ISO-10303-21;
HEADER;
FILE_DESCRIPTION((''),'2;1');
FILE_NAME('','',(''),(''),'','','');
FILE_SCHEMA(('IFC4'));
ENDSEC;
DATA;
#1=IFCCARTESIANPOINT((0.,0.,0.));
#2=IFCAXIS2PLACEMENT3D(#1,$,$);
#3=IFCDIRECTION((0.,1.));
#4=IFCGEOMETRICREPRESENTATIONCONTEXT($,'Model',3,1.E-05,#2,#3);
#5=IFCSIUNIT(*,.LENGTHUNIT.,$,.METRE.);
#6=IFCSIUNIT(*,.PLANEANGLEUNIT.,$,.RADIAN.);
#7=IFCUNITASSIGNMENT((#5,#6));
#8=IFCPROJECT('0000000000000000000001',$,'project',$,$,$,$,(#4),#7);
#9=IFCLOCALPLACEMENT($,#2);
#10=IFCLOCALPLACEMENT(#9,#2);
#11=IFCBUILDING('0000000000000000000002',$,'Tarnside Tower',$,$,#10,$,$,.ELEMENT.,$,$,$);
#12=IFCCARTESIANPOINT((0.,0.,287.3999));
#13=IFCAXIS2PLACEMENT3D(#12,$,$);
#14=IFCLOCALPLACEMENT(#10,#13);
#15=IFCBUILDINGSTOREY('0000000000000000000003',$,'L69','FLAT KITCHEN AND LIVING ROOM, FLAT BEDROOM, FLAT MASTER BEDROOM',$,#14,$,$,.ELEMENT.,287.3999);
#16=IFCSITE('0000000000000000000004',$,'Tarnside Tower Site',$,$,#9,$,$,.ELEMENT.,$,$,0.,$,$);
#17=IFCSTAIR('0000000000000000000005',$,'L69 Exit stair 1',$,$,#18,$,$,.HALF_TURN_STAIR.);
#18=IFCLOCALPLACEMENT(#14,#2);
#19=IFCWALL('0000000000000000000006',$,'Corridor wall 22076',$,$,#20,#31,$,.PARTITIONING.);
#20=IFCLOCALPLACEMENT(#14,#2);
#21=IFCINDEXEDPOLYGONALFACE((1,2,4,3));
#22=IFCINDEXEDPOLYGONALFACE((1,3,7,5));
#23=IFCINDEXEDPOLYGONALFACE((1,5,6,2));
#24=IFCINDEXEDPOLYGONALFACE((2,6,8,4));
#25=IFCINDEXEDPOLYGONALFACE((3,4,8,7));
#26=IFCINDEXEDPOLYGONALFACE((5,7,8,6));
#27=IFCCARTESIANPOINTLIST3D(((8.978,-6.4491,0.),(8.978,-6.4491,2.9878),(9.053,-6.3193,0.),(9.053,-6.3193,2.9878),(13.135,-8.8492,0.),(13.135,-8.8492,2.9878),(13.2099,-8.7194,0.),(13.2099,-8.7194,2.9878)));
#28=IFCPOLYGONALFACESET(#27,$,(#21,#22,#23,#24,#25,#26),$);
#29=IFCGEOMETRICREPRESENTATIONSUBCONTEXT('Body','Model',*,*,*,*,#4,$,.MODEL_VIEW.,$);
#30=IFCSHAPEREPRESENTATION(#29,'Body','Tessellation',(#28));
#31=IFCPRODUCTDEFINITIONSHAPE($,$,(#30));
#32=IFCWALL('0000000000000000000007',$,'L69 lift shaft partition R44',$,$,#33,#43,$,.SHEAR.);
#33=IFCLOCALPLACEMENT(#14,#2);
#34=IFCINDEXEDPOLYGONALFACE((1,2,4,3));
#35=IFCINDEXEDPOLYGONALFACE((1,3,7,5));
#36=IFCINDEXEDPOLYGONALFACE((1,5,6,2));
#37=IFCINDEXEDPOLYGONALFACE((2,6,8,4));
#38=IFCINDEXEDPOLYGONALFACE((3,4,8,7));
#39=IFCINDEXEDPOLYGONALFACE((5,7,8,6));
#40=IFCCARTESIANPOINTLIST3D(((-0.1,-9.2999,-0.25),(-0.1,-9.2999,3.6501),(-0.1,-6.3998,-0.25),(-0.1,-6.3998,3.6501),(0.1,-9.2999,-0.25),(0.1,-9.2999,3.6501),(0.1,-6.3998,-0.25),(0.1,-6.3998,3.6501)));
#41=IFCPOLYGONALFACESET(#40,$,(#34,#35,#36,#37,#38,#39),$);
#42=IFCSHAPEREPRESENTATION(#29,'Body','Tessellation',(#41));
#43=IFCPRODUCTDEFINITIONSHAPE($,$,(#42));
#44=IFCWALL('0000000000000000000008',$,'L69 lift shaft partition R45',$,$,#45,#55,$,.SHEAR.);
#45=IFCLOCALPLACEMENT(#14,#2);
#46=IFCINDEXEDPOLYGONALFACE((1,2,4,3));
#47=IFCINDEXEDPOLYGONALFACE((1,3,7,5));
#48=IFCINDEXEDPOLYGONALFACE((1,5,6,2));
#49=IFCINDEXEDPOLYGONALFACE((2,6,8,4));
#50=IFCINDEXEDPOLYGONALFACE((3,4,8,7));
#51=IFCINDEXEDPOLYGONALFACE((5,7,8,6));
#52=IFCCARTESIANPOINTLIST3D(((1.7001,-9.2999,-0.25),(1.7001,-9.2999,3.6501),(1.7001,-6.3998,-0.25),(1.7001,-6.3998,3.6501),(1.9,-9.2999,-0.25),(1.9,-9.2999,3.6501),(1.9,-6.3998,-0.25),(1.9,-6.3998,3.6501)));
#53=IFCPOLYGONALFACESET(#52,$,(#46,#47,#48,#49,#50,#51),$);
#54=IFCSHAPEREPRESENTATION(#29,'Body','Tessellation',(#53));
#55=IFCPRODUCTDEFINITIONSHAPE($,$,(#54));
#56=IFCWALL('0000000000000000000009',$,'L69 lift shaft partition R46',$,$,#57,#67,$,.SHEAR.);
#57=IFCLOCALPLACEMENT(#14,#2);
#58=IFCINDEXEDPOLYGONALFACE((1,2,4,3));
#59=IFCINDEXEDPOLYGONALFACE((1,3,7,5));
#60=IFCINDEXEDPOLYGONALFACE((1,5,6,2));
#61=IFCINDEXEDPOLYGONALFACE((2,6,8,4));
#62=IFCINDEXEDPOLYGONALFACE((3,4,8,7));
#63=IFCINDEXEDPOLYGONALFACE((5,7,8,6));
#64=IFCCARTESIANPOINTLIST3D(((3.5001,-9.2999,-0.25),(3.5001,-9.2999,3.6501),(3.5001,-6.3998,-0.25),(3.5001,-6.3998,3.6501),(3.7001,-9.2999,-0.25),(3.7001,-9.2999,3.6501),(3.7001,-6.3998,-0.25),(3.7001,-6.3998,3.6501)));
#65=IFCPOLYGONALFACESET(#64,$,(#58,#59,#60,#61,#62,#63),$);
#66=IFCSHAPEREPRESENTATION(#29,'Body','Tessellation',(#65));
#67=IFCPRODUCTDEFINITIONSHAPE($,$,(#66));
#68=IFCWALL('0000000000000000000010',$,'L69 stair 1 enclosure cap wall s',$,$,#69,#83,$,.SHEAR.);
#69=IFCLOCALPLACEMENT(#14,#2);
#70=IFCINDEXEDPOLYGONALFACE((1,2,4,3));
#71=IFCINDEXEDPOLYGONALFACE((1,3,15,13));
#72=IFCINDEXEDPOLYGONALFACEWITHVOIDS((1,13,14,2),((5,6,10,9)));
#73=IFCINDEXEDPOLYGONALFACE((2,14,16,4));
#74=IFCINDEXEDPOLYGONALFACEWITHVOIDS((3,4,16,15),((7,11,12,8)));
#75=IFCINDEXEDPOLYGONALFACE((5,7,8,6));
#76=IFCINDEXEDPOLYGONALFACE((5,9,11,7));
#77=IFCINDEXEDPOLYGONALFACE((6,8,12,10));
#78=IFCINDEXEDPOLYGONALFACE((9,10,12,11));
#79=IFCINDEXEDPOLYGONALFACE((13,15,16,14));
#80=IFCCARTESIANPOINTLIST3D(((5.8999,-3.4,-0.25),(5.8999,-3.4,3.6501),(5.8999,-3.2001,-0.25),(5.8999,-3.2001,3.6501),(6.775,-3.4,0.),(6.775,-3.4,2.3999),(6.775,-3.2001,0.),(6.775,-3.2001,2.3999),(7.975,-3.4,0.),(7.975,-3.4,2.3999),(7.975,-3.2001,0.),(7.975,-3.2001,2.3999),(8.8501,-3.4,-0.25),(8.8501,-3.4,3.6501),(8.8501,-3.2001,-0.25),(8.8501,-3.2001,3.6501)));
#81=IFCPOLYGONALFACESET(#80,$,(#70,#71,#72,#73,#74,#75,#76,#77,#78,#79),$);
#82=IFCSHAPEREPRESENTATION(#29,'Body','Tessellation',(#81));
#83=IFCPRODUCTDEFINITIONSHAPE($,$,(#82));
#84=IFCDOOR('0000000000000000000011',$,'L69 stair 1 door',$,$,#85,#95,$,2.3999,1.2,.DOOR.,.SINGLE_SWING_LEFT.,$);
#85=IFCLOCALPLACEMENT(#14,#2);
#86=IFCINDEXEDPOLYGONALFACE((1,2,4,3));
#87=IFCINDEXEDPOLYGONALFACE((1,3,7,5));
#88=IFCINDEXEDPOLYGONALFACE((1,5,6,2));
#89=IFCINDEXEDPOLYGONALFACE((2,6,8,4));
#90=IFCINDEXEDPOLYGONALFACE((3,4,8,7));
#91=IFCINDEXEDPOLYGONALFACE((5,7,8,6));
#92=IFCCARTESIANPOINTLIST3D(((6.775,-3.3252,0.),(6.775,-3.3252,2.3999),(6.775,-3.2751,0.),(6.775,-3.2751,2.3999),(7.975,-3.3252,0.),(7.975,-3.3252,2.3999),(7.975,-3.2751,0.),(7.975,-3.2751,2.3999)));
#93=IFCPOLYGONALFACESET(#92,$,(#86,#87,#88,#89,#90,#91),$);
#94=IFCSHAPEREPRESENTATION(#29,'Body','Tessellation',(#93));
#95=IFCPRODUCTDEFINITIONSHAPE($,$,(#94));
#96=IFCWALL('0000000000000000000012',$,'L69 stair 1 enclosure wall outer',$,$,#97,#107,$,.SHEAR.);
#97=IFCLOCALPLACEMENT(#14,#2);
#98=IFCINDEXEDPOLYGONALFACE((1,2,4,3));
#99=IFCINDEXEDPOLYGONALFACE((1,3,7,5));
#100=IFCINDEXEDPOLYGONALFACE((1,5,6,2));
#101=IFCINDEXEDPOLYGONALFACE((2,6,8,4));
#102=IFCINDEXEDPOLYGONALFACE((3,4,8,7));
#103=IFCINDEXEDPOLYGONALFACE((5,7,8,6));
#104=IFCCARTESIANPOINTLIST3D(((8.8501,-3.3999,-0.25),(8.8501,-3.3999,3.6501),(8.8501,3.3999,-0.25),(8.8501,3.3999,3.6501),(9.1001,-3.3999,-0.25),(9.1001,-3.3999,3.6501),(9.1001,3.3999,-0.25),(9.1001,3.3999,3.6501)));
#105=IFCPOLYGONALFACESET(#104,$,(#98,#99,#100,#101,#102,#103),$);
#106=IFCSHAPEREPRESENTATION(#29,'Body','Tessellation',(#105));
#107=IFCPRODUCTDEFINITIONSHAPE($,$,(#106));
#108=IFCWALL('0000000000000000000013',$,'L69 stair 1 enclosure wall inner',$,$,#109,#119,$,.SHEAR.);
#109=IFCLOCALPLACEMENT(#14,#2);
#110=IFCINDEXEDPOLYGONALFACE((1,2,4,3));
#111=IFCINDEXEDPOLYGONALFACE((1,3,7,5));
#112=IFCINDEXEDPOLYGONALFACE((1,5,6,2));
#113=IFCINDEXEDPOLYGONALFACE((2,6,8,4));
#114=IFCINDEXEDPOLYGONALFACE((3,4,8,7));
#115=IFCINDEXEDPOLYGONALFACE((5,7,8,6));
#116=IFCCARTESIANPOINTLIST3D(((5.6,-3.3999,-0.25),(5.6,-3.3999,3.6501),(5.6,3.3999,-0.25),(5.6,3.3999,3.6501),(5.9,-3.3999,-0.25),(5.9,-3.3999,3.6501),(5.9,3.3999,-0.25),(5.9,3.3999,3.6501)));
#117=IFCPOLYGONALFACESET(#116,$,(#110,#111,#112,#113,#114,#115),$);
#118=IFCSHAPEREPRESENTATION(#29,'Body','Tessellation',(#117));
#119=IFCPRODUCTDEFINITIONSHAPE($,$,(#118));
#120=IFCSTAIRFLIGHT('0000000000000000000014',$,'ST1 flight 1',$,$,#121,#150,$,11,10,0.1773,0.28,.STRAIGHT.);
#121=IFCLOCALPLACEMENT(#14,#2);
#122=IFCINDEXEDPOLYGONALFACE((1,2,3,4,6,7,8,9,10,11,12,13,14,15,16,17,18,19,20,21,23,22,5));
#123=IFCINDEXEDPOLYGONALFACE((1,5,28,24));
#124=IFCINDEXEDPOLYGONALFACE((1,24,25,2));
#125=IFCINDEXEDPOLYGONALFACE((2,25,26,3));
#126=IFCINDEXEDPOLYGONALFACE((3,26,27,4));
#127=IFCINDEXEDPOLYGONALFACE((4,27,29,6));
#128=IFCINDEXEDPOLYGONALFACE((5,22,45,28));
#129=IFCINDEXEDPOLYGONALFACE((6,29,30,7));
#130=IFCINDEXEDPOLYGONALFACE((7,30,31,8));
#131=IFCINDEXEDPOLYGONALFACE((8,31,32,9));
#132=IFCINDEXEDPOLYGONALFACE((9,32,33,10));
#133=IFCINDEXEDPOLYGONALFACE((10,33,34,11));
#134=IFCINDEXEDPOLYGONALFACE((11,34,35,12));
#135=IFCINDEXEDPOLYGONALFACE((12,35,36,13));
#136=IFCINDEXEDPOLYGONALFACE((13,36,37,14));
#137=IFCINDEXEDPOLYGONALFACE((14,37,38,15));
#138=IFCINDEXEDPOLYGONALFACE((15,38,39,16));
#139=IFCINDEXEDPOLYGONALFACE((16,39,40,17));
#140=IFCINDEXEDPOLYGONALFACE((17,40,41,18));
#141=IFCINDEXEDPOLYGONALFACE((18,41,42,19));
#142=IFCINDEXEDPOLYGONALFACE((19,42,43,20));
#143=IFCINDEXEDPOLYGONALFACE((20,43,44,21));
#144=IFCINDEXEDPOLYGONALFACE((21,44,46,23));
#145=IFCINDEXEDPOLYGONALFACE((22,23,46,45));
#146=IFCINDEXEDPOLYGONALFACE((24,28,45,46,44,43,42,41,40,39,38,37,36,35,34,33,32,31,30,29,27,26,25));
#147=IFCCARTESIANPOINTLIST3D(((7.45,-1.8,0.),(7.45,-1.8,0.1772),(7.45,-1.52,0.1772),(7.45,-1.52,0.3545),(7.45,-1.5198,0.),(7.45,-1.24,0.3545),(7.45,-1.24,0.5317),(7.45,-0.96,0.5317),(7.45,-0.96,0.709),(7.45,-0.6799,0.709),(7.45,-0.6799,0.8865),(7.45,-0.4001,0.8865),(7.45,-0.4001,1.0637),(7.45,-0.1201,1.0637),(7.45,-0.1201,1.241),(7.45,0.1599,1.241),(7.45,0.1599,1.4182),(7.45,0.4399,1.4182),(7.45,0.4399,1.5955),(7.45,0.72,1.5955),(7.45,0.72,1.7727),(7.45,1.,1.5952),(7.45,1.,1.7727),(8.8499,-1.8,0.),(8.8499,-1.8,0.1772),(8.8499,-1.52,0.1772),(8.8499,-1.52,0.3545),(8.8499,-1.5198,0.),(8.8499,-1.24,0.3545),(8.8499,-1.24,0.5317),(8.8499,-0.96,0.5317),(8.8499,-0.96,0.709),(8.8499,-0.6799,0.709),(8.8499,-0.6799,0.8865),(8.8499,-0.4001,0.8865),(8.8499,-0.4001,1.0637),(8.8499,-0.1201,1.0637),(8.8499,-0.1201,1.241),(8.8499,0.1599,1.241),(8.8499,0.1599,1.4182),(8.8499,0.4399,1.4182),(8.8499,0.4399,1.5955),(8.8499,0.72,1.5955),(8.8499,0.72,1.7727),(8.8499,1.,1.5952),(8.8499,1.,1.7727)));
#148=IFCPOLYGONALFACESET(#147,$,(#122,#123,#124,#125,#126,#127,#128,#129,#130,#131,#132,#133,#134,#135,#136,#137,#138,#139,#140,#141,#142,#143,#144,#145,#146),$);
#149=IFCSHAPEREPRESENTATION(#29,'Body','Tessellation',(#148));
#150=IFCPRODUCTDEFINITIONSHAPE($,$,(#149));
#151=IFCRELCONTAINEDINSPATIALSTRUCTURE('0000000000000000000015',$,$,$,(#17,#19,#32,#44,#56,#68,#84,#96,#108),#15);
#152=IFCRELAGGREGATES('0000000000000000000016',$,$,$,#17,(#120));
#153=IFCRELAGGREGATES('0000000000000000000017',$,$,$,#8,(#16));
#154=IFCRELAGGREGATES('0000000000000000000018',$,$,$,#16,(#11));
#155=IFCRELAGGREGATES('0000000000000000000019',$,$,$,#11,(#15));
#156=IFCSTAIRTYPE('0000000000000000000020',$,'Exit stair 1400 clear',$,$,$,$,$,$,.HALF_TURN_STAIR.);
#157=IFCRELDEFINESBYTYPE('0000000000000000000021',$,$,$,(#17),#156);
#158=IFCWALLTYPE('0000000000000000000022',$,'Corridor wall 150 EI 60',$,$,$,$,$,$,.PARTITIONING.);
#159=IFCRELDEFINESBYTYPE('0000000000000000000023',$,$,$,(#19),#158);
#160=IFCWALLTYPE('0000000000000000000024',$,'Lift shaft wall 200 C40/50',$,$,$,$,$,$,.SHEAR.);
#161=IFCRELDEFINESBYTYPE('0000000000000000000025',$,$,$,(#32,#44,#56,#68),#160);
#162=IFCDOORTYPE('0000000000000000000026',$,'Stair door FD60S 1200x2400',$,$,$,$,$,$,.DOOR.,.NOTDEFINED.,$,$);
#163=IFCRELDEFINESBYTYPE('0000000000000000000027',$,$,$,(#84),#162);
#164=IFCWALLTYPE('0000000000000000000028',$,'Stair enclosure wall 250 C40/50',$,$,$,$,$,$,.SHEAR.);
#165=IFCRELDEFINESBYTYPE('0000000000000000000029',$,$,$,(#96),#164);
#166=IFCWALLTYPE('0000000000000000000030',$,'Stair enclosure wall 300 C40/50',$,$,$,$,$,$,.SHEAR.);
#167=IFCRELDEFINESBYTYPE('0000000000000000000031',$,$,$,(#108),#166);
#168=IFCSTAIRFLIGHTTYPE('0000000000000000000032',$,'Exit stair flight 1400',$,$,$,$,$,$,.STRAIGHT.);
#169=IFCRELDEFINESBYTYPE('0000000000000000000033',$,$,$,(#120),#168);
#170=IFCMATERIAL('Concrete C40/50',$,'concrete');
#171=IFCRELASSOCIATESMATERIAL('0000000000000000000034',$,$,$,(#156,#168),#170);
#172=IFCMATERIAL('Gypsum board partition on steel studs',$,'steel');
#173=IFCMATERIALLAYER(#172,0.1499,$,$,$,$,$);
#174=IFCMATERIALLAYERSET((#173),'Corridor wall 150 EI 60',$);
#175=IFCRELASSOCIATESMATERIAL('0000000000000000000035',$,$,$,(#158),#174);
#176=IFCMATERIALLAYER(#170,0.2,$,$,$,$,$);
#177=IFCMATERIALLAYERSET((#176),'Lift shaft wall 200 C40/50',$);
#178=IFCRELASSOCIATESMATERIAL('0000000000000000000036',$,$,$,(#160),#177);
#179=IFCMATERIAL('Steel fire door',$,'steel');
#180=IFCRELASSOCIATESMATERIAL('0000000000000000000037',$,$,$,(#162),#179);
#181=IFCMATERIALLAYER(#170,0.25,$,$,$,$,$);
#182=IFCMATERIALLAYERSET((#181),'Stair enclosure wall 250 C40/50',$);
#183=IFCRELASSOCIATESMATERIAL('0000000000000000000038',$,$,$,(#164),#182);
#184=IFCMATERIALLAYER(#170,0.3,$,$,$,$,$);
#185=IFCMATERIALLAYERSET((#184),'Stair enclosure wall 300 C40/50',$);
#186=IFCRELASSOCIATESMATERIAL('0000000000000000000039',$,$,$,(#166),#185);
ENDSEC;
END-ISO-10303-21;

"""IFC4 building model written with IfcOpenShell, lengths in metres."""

from ifc_helpers import new_model, si_unit, direction, frame, frame_2d, origin, place, context, subcontext, project, spatial, polyline, rectangle, outline, extrude, material, layer, layer_set, type_object, element, fill, aggregate, save


model = new_model("IFC4")

# Units and contexts
model_context = context("Model", 3, precision=1e-05, world=origin(), true_north=direction((0.0, 1.0)))
body_context = subcontext(model_context, "Body", "Model", "MODEL_VIEW")
ifc_project = project(units=[si_unit("LENGTHUNIT", "METRE"), si_unit("PLANEANGLEUNIT", "RADIAN")], contexts=[model_context])

# Site, building, storey
site_placement = place(None, origin())
site = spatial("IfcSite", under=ifc_project, at=site_placement, Name="Tarnside Tower Site", CompositionType="ELEMENT", RefElevation=0.0)
building_placement = place(site_placement, origin())
building = spatial("IfcBuilding", under=site, at=building_placement, Name="Tarnside Tower", CompositionType="ELEMENT")
storey_placement = place(building_placement, frame((0.0, 0.0, 287.3999)))
storey = spatial("IfcBuildingStorey", under=building, at=storey_placement, Name="L69", Description="FLAT KITCHEN AND LIVING ROOM, FLAT BEDROOM, FLAT MASTER BEDROOM", CompositionType="ELEMENT", Elevation=287.3999)

# Shared definitions
ifc_material_1 = material(Name="Concrete C40/50", Category="concrete")

# Stair
stair_type = type_object("IfcStairType", Name="Exit stair 1400 clear", PredefinedType="HALF_TURN_STAIR", material=ifc_material_1)
stair_1_placement = place(storey_placement, origin())
stair_1 = element("IfcStair", 1, at=stair_1_placement, inside=storey, type_object=stair_type, Name="L69 Exit stair 1", PredefinedType="HALF_TURN_STAIR")

# Shared definitions
ifc_material_2 = material(Name="Steel fire door", Category="steel")

# Walls
ifc_material_3 = material(Name="Gypsum board partition on steel studs", Category="steel")
ifc_layer_1 = layer(ifc_material_3, 0.1499)
ifc_layer_set_1 = layer_set([ifc_layer_1], Name="Corridor wall 150 EI 60")
wall_type_1 = type_object("IfcWallType", Name="Corridor wall 150 EI 60", PredefinedType="PARTITIONING", material=ifc_layer_set_1)
wall_1_placement = place(storey_placement, frame((9.0156, -6.3843, 0.0), z_axis=(0.0, 0.0, 1.0), x_axis=(0.866015, -0.500017, 0.0)))
element("IfcWall", 2, at=wall_1_placement, inside=storey, type_object=wall_type_1, Name="Corridor wall 22076", PredefinedType="PARTITIONING", context=body_context, shape_type="SweptSolid", body=[
    extrude(rectangle(XDim=4.8, YDim=0.1499, at=frame_2d((2.3999, 0.0))), origin(), (0.0, 0.0, 1.0), 2.9878),
])
ifc_layer_2 = layer(ifc_material_1, 0.2)
ifc_layer_set_2 = layer_set([ifc_layer_2], Name="Lift shaft wall 200 C40/50")
wall_type_2 = type_object("IfcWallType", Name="Lift shaft wall 200 C40/50", PredefinedType="SHEAR", material=ifc_layer_set_2)
for number, where, z_axis, x_axis, name in (
    (3, (0.0, -9.3, -0.25), (0.0, 0.0, 1.0), (0.0, 1.0, 0.0), "L69 lift shaft partition R44"),
    (4, (1.8, -9.3, -0.25), (0.0, 0.0, 1.0), (0.0, 1.0, 0.0), "L69 lift shaft partition R45"),
    (5, (3.6001, -9.3, -0.25), (0.0, 0.0, 1.0), (0.0, 1.0, 0.0), "L69 lift shaft partition R46"),
):
    element("IfcWall", number, at=place(storey_placement, frame(where, z_axis=z_axis, x_axis=x_axis)), inside=storey, type_object=wall_type_2, Name=name, PredefinedType="SHEAR", context=body_context, shape_type="SweptSolid", body=[
        extrude(rectangle(XDim=2.9001, YDim=0.2, at=frame_2d((1.4502, 0.0))), origin(), (0.0, 0.0, 1.0), 3.9001),
    ])

# Wall, opening, door
wall_2_placement = place(storey_placement, frame((5.8999, -3.3, -0.25), z_axis=(0.0, 0.0, 1.0), x_axis=(1.0, 0.0, 0.0)))
wall_2 = element("IfcWall", 6, at=wall_2_placement, inside=storey, type_object=wall_type_2, Name="L69 stair 1 enclosure cap wall s", PredefinedType="SHEAR", context=body_context, shape_type="SweptSolid", body=[
    extrude(rectangle(XDim=2.9502, YDim=0.2, at=frame_2d((1.4751, 0.0))), origin(), (0.0, 0.0, 1.0), 3.9001),
])
opening_1_placement = place(wall_2_placement, frame((0.875, 0.0, 0.25)))
opening_1 = element("IfcOpeningElement", 7, at=opening_1_placement, cuts=wall_2, PredefinedType="OPENING", context=body_context, shape_type="SweptSolid", body=[
    extrude(rectangle(XDim=1.2, YDim=2.3999, at=frame_2d((0.6001, 1.2))), frame((0.0, 0.1099, 0.0), z_axis=(0.0, -1.0, 0.0), x_axis=(1.0, 0.0, 0.0)), (0.0, 0.0, 1.0), 0.22),
])
door_type_1 = type_object("IfcDoorType", Name="Stair door FD60S 1200x2400", OperationType="NOTDEFINED", PredefinedType="DOOR", material=ifc_material_2)
door_1_placement = place(opening_1_placement, origin())
door_1 = element("IfcDoor", 8, at=door_1_placement, inside=storey, type_object=door_type_1, Name="L69 stair 1 door", OperationType="SINGLE_SWING_LEFT", OverallHeight=2.3999, OverallWidth=1.2, PredefinedType="DOOR", context=body_context, shape_type="SweptSolid", body=[
    extrude(rectangle(XDim=1.2, YDim=2.3999, at=frame_2d((0.6001, 1.2))), frame((0.0, 0.0249, 0.0), z_axis=(0.0, -1.0, 0.0), x_axis=(1.0, 0.0, 0.0)), (0.0, 0.0, 1.0), 0.05),
])
fill(opening_1, door_1)

# Walls
ifc_layer_3 = layer(ifc_material_1, 0.25)
ifc_layer_set_3 = layer_set([ifc_layer_3], Name="Stair enclosure wall 250 C40/50")
wall_type_3 = type_object("IfcWallType", Name="Stair enclosure wall 250 C40/50", PredefinedType="SHEAR", material=ifc_layer_set_3)
wall_3_placement = place(storey_placement, frame((8.9751, -3.3999, -0.25), z_axis=(0.0, 0.0, 1.0), x_axis=(0.0, 1.0, 0.0)))
element("IfcWall", 9, at=wall_3_placement, inside=storey, type_object=wall_type_3, Name="L69 stair 1 enclosure wall outer", PredefinedType="SHEAR", context=body_context, shape_type="SweptSolid", body=[
    extrude(rectangle(XDim=6.7998, YDim=0.25, at=frame_2d((3.3999, 0.0))), origin(), (0.0, 0.0, 1.0), 3.9001),
])
ifc_layer_4 = layer(ifc_material_1, 0.3)
ifc_layer_set_4 = layer_set([ifc_layer_4], Name="Stair enclosure wall 300 C40/50")
wall_type_4 = type_object("IfcWallType", Name="Stair enclosure wall 300 C40/50", PredefinedType="SHEAR", material=ifc_layer_set_4)
wall_4_placement = place(storey_placement, frame((5.75, -3.3999, -0.25), z_axis=(0.0, 0.0, 1.0), x_axis=(0.0, 1.0, 0.0)))
element("IfcWall", 10, at=wall_4_placement, inside=storey, type_object=wall_type_4, Name="L69 stair 1 enclosure wall inner", PredefinedType="SHEAR", context=body_context, shape_type="SweptSolid", body=[
    extrude(rectangle(XDim=6.7998, YDim=0.3, at=frame_2d((3.3999, 0.0))), origin(), (0.0, 0.0, 1.0), 3.9001),
])

# Stair flight
stair_flight_type = type_object("IfcStairFlightType", Name="Exit stair flight 1400", PredefinedType="STRAIGHT", material=ifc_material_1)
stair_flight_placement = place(storey_placement, frame((8.1499, -1.8, 0.0), z_axis=(0.0, 0.0, 1.0), x_axis=(0.0, 1.0, 0.0)))
stair_flight = element("IfcStairFlight", 11, at=stair_flight_placement, type_object=stair_flight_type, Name="ST1 flight 1", NumberOfRisers=11, NumberOfTreads=10, PredefinedType="STRAIGHT", RiserHeight=0.1773, TreadLength=0.28, context=body_context, shape_type="SweptSolid", body=[
    extrude(outline(polyline([(0.0, 0.0), (0.0, 0.1772), (0.28, 0.1772), (0.28, 0.3545), (0.5601, 0.3545), (0.5601, 0.5317), (0.8401, 0.5317), (0.8401, 0.709), (1.1201, 0.709), (1.1201, 0.8865), (1.3999, 0.8865), (1.3999, 1.0637), (1.6799, 1.0637), (1.6799, 1.241), (1.96, 1.241), (1.96, 1.4182), (2.24, 1.4182), (2.24, 1.5955), (2.52, 1.5955), (2.52, 1.7727), (2.8, 1.7727), (2.8, 1.95), (2.8, 1.5952), (0.2803, 0.0), (0.0, 0.0)])), frame((0.0, 0.7, 0.0), z_axis=(0.0, -1.0, 0.0), x_axis=(1.0, 0.0, 0.0)), (0.0, 0.0, 1.0), 1.3999),
])
aggregate(stair_1, [stair_flight])

save(model, "model.ifc")
